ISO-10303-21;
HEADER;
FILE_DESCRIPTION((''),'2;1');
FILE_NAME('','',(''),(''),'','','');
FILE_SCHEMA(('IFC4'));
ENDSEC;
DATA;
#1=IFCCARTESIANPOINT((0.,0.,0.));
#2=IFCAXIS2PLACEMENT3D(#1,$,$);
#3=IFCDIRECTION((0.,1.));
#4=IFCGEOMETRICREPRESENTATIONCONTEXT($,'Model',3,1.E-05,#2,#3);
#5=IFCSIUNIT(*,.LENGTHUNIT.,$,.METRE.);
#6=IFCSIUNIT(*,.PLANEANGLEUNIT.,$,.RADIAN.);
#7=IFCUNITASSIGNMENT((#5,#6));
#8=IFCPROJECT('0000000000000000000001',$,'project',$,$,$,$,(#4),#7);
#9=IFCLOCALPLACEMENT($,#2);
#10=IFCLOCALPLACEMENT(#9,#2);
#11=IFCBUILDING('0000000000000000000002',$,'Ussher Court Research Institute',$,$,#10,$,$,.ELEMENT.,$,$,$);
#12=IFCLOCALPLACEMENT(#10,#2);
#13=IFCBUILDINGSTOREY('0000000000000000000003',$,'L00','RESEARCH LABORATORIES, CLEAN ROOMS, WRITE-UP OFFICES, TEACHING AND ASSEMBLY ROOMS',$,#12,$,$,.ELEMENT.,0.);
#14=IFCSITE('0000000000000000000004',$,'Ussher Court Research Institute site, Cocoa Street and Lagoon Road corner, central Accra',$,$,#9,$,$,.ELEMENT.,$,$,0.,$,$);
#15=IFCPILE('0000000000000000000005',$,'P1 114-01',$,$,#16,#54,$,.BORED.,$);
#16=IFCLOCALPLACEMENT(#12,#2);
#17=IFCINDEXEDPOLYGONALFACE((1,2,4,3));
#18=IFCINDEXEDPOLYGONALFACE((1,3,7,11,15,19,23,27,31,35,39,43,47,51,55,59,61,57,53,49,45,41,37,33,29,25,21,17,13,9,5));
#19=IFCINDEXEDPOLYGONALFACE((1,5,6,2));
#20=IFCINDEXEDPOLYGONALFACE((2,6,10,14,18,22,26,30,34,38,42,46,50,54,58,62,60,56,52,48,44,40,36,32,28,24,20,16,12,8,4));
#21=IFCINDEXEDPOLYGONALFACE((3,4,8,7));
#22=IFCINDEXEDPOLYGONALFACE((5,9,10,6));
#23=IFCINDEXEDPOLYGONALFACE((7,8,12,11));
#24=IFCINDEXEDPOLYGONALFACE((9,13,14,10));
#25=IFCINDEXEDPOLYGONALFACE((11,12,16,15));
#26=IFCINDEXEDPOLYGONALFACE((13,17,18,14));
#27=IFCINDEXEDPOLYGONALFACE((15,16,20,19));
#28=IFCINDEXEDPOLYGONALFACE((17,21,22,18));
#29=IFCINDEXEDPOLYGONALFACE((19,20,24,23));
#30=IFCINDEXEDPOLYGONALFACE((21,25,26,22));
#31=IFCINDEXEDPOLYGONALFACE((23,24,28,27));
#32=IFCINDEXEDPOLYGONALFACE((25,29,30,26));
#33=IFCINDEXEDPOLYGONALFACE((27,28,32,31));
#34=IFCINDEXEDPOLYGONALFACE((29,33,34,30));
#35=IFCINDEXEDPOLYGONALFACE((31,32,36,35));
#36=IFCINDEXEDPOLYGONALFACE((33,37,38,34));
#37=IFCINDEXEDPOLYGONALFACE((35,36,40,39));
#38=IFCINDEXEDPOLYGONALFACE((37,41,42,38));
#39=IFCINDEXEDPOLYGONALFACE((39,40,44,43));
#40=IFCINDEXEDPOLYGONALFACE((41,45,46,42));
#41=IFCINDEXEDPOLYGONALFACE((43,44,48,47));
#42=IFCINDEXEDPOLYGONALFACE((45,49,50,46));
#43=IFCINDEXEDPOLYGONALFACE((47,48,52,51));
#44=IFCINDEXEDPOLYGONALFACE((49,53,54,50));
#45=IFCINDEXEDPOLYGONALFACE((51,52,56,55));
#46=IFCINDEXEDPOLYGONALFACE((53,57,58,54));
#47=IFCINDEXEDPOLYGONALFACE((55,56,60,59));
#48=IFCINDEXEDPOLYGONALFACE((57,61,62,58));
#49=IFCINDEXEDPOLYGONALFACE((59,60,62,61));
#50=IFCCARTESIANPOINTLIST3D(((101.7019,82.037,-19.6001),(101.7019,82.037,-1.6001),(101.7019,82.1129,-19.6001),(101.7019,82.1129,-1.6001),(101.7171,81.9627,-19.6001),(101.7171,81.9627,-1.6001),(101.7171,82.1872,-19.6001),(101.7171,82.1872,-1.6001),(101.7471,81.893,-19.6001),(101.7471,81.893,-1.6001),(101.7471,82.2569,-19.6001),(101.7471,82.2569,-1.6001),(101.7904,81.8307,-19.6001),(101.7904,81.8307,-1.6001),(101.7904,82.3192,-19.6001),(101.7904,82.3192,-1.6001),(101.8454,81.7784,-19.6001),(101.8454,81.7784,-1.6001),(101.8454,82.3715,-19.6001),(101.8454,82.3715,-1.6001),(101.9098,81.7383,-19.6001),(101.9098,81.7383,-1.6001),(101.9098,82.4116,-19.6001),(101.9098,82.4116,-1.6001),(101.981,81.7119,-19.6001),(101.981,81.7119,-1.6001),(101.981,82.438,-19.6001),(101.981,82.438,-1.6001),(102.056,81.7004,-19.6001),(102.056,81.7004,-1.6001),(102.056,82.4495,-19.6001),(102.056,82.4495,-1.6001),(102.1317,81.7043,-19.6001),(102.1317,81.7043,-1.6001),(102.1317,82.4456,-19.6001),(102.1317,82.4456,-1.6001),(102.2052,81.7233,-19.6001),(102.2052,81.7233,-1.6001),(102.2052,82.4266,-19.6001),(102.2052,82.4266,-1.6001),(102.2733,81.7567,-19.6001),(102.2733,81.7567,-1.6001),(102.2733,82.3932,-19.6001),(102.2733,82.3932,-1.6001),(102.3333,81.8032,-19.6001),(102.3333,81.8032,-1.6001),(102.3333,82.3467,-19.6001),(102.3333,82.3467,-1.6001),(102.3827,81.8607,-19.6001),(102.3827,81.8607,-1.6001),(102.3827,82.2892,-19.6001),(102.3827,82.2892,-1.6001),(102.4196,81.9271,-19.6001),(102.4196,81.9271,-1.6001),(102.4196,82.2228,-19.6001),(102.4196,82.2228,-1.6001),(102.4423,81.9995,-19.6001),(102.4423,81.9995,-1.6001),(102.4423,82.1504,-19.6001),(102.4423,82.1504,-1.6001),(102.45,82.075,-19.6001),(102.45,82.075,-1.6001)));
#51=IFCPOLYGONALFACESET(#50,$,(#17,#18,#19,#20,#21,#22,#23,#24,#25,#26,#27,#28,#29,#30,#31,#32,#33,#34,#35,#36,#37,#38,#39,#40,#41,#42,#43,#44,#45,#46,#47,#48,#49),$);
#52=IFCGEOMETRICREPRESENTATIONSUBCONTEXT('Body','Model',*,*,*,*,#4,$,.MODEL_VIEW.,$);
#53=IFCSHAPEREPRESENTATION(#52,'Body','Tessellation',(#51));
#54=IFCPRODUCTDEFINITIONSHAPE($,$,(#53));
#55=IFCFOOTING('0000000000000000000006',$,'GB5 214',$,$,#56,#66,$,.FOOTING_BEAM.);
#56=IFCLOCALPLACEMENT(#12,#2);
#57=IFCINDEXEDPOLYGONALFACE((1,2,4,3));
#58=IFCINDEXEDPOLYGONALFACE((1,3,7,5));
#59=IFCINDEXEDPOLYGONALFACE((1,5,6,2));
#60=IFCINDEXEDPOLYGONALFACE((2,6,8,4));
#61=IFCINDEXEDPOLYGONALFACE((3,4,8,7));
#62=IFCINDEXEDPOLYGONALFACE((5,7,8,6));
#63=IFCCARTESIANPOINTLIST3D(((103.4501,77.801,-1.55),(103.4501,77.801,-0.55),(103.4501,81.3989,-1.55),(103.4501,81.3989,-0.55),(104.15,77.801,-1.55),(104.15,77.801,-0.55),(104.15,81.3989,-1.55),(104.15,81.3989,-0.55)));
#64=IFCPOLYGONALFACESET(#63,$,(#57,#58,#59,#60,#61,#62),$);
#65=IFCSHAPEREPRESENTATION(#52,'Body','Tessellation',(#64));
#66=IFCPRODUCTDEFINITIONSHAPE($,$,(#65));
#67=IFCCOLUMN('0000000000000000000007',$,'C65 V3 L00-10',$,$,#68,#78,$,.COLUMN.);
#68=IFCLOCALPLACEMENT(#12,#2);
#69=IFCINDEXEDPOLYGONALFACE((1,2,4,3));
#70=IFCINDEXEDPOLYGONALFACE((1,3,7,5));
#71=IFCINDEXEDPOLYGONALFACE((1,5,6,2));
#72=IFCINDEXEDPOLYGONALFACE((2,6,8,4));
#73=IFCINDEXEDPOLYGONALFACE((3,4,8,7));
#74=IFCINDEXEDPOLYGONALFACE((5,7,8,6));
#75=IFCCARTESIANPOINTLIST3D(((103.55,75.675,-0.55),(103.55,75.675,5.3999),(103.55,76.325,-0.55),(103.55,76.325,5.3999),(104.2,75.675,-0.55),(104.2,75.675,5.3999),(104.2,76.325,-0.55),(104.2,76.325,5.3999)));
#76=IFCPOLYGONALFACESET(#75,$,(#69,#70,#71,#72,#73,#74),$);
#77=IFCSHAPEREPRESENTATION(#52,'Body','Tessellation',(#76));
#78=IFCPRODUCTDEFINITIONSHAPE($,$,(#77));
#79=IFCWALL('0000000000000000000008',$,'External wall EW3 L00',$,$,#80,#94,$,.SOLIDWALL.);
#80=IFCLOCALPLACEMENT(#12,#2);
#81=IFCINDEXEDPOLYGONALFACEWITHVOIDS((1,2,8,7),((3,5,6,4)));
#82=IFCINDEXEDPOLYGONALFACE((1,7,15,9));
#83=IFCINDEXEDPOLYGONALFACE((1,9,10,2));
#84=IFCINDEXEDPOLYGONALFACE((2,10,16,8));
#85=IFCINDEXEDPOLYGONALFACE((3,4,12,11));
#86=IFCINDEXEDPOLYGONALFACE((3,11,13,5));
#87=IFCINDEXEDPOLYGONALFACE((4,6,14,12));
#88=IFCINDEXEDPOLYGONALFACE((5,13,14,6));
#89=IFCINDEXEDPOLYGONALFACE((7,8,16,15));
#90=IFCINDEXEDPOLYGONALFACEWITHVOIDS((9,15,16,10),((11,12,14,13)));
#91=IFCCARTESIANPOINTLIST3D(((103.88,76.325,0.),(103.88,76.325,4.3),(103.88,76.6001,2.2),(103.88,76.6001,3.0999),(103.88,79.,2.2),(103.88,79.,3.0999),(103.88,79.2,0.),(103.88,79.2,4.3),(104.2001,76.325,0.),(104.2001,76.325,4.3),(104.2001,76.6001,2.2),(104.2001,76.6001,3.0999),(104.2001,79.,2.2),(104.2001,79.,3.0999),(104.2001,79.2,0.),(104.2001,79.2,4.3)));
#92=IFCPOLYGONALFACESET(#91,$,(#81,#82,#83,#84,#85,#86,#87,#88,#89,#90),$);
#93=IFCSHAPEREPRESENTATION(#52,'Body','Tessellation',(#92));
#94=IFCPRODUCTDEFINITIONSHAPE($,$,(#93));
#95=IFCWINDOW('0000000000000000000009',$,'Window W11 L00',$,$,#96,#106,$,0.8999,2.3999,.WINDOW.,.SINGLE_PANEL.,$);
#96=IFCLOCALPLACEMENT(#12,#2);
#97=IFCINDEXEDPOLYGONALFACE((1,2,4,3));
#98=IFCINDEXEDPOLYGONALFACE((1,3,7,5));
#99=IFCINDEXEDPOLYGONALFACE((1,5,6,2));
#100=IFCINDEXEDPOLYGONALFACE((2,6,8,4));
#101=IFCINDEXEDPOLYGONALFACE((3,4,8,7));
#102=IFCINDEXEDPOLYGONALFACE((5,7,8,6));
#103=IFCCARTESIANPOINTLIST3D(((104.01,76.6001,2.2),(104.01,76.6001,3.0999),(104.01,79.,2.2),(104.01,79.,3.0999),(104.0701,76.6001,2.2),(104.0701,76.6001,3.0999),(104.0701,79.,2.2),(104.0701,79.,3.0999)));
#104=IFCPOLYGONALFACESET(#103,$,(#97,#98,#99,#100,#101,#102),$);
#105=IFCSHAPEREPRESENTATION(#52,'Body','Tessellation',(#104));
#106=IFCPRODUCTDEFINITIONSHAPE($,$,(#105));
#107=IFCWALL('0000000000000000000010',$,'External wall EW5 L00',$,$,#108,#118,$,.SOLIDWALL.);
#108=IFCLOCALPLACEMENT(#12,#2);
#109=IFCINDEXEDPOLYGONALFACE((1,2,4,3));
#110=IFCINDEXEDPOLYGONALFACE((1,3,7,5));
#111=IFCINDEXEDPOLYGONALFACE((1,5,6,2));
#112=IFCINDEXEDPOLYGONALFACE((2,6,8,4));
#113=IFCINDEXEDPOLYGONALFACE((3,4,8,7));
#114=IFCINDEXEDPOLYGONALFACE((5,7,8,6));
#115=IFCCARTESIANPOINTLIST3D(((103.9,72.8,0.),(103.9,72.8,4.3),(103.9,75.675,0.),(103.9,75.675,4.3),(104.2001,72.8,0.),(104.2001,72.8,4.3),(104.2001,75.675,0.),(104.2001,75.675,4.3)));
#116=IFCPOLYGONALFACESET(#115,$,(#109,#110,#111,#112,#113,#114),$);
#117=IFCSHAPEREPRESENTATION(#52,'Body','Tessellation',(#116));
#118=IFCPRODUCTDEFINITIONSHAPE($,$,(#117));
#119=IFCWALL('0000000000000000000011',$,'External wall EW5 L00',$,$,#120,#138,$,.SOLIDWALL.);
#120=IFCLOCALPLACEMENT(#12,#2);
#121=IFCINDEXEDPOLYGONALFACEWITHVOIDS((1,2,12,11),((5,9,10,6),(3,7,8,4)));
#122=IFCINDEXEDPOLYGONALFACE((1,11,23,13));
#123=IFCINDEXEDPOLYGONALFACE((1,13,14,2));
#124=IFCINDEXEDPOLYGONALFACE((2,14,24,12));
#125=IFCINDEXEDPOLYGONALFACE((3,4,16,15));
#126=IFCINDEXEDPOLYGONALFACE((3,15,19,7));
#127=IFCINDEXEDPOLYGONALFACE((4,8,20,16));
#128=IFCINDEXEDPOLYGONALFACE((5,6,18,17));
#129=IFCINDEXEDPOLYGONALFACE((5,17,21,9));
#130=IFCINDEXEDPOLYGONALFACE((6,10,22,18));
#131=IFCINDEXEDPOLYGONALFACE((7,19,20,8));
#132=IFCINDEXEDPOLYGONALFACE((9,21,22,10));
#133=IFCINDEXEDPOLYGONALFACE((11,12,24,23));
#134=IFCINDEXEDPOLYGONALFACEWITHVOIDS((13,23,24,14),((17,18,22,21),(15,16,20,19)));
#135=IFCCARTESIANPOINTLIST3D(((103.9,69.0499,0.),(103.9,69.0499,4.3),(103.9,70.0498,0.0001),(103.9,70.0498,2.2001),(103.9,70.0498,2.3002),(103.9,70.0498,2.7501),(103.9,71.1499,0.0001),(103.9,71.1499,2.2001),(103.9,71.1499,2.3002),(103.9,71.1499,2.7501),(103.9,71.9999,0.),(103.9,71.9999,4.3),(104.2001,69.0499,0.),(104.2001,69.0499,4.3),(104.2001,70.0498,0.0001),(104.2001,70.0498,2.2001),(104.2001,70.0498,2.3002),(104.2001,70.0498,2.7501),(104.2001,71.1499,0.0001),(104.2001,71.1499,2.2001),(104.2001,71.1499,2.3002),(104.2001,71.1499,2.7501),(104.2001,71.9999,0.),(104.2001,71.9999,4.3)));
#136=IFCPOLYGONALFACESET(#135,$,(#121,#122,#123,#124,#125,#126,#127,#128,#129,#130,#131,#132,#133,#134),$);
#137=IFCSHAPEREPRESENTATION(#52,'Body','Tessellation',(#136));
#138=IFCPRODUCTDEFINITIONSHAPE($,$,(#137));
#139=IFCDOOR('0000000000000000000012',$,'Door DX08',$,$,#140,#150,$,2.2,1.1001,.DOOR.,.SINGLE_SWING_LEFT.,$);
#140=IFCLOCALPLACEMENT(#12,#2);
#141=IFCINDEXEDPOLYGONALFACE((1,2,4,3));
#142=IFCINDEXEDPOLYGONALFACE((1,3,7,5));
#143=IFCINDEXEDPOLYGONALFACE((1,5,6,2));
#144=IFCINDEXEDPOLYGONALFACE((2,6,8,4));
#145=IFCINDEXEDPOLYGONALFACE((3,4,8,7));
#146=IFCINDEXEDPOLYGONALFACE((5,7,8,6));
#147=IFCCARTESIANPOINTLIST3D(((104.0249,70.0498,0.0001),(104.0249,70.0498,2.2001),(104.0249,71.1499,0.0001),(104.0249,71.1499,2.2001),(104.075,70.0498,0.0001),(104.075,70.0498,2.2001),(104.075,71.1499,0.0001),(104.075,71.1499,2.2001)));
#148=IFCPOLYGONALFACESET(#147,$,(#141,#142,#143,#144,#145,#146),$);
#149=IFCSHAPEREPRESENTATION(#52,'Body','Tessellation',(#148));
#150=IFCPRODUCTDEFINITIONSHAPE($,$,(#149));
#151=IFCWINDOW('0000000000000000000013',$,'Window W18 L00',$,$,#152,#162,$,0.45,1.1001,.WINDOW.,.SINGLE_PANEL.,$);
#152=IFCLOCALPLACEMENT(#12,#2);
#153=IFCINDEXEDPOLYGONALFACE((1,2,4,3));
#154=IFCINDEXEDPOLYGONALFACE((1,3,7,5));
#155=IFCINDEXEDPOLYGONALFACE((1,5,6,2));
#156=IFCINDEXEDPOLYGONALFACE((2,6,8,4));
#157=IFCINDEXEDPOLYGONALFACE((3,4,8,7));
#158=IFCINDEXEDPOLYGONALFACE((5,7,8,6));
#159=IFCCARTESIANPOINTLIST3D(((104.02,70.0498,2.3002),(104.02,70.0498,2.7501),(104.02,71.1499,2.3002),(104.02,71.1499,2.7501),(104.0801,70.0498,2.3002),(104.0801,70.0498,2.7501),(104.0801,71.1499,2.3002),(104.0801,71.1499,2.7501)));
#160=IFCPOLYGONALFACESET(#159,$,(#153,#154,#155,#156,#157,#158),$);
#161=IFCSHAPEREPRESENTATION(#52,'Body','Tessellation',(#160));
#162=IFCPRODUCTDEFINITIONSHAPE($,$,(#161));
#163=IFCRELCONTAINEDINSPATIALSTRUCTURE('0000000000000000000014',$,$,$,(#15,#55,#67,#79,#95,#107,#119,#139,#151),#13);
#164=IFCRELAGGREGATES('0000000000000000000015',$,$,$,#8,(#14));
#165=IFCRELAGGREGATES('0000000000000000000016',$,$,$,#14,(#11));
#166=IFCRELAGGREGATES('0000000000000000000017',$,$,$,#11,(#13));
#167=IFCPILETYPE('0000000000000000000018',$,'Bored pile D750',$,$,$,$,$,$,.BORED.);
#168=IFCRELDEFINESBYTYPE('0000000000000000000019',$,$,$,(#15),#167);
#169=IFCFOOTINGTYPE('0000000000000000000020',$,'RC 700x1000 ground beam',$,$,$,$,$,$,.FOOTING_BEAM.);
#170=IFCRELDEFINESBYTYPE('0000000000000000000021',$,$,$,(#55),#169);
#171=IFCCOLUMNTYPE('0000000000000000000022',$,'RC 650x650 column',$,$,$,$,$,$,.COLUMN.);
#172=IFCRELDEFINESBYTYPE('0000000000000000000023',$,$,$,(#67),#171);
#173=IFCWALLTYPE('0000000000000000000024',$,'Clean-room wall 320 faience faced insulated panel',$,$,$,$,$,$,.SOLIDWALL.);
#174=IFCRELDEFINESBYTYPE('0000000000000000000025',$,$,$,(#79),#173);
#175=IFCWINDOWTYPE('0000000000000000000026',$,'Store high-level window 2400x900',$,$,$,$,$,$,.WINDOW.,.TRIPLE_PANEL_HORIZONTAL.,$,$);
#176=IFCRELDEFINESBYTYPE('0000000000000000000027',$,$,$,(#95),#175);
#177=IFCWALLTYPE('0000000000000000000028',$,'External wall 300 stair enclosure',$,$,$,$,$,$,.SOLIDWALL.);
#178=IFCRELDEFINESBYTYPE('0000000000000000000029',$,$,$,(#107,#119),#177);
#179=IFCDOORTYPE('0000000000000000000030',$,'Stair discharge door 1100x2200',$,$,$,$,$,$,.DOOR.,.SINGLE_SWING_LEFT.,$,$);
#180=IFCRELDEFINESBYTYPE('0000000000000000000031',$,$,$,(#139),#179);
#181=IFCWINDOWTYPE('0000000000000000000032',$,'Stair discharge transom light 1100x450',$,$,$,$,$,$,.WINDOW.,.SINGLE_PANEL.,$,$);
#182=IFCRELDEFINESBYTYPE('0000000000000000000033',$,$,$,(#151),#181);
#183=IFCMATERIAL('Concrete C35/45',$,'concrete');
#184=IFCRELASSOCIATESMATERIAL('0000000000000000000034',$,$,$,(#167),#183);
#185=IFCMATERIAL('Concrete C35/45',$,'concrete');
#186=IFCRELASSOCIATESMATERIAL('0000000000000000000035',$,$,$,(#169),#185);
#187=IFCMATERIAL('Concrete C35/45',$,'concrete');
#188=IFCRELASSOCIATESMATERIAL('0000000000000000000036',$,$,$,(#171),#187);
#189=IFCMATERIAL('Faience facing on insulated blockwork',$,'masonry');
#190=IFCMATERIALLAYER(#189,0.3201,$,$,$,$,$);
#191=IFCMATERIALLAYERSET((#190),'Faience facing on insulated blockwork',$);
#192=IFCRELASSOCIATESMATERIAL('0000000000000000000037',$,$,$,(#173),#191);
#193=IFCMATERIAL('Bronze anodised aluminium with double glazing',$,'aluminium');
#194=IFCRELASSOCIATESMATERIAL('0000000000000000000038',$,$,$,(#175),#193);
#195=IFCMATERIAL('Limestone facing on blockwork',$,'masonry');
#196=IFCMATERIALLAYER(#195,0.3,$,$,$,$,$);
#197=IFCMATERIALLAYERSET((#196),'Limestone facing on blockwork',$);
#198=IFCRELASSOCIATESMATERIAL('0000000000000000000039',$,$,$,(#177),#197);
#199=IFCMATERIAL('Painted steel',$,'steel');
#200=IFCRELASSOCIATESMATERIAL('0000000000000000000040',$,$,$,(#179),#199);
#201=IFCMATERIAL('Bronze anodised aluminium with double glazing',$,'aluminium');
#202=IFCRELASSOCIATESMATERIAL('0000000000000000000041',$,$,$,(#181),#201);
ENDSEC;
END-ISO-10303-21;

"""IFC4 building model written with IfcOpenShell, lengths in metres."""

from ifc_helpers import new_model, si_unit, direction, frame, frame_2d, origin, origin_2d, place, context, subcontext, project, spatial, rectangle, circle, extrude, material, layer, layer_set, material_profile, profile_set, type_object, element, fill, save


model = new_model("IFC4")

# Units and contexts
model_context = context("Model", 3, precision=1e-05, world=origin(), true_north=direction((0.0, 1.0)))
body_context = subcontext(model_context, "Body", "Model", "MODEL_VIEW")
ifc_project = project(units=[si_unit("LENGTHUNIT", "METRE"), si_unit("PLANEANGLEUNIT", "RADIAN")], contexts=[model_context])

# Site, building, storey
site_placement = place(None, origin())
site = spatial("IfcSite", under=ifc_project, at=site_placement, Name="Ussher Court Research Institute site, Cocoa Street and Lagoon Road corner, central Accra", CompositionType="ELEMENT", RefElevation=0.0)
building_placement = place(site_placement, origin())
building = spatial("IfcBuilding", under=site, at=building_placement, Name="Ussher Court Research Institute", CompositionType="ELEMENT")
storey_placement = place(building_placement, origin())
storey = spatial("IfcBuildingStorey", under=building, at=storey_placement, Name="L00", Description="RESEARCH LABORATORIES, CLEAN ROOMS, WRITE-UP OFFICES, TEACHING AND ASSEMBLY ROOMS", CompositionType="ELEMENT", Elevation=0.0)

# Pile
ifc_material_1 = material(Name="Concrete C35/45", Category="concrete")
ifc_material_profile_1 = material_profile(ifc_material_1, circle(Radius=0.375, at=origin_2d()), Name="RC D750")
ifc_profile_set_1 = profile_set([ifc_material_profile_1], Name="Concrete C35/45")
pile_type_1 = type_object("IfcPileType", Name="Bored pile D750", PredefinedType="BORED", material=ifc_profile_set_1)
pile_placement = place(storey_placement, frame((102.075, 82.075, -1.6001), z_axis=(0.0, 0.0, -1.0), x_axis=(1.0, 0.0, 0.0)))
element("IfcPile", 1, at=pile_placement, inside=storey, type_object=pile_type_1, Name="P1 114-01", PredefinedType="BORED", context=body_context, shape_type="SweptSolid", body=[
    extrude(circle(Radius=0.375, at=origin_2d()), origin(), (0.0, 0.0, 1.0), 18.0),
])

# Footing
ifc_material_2 = material(Name="Concrete C35/45", Category="concrete")
ifc_material_profile_2 = material_profile(ifc_material_2, rectangle(XDim=0.7, YDim=1.0, at=origin_2d()), Name="RC 700x1000")
ifc_profile_set_2 = profile_set([ifc_material_profile_2], Name="Concrete C35/45")
footing_type = type_object("IfcFootingType", Name="RC 700x1000 ground beam", PredefinedType="FOOTING_BEAM", material=ifc_profile_set_2)
footing_placement = place(storey_placement, frame((103.8, 77.801, -1.05), z_axis=(0.0, 1.0, 0.0), x_axis=(-1.0, 0.0, 0.0)))
element("IfcFooting", 2, at=footing_placement, inside=storey, type_object=footing_type, Name="GB5 214", PredefinedType="FOOTING_BEAM", context=body_context, shape_type="SweptSolid", body=[
    extrude(rectangle(XDim=0.7, YDim=1.0, at=origin_2d()), origin(), (0.0, 0.0, 1.0), 3.5979),
])

# Column
ifc_material_3 = material(Name="Concrete C35/45", Category="concrete")
ifc_material_profile_3 = material_profile(ifc_material_3, rectangle(XDim=0.6499, YDim=0.6499, at=origin_2d()), Name="RC 650x650")
ifc_profile_set_3 = profile_set([ifc_material_profile_3], Name="Concrete C35/45")
column_type = type_object("IfcColumnType", Name="RC 650x650 column", PredefinedType="COLUMN", material=ifc_profile_set_3)
column_placement = place(storey_placement, frame((103.875, 76.0, -0.55), z_axis=(0.0, 0.0, 1.0), x_axis=(1.0, 0.0, 0.0)))
element("IfcColumn", 3, at=column_placement, inside=storey, type_object=column_type, Name="C65 V3 L00-10", PredefinedType="COLUMN", context=body_context, shape_type="SweptSolid", body=[
    extrude(rectangle(XDim=0.6499, YDim=0.6499, at=origin_2d()), origin(), (0.0, 0.0, 1.0), 5.95),
])

# Wall, opening, window
ifc_material_4 = material(Name="Faience facing on insulated blockwork", Category="masonry")
ifc_layer_1 = layer(ifc_material_4, 0.3201)
ifc_layer_set_1 = layer_set([ifc_layer_1], Name="Faience facing on insulated blockwork")
wall_type_1 = type_object("IfcWallType", Name="Clean-room wall 320 faience faced insulated panel", PredefinedType="SOLIDWALL", material=ifc_layer_set_1)
wall_1_placement = place(storey_placement, frame((104.04, 79.2, 0.0), z_axis=(0.0, 0.0, 1.0), x_axis=(0.0, -1.0, 0.0)))
wall_1 = element("IfcWall", 4, at=wall_1_placement, inside=storey, type_object=wall_type_1, Name="External wall EW3 L00", PredefinedType="SOLIDWALL", context=body_context, shape_type="SweptSolid", body=[
    extrude(rectangle(XDim=2.875, YDim=0.3201, at=frame_2d((1.4375, 0.0))), origin(), (0.0, 0.0, 1.0), 4.3),
])
opening_1_placement = place(wall_1_placement, frame((0.2, 0.0, 2.2)))
opening_1 = element("IfcOpeningElement", 5, at=opening_1_placement, cuts=wall_1, PredefinedType="OPENING", context=body_context, shape_type="SweptSolid", body=[
    extrude(rectangle(XDim=2.3999, YDim=0.8999, at=frame_2d((1.2, 0.45))), frame((0.0, 0.1699, 0.0), z_axis=(0.0, -1.0, 0.0), x_axis=(1.0, 0.0, 0.0)), (0.0, 0.0, 1.0), 0.3401),
])
ifc_material_5 = material(Name="Bronze anodised aluminium with double glazing", Category="aluminium")
window_type_1 = type_object("IfcWindowType", Name="Store high-level window 2400x900", PartitioningType="TRIPLE_PANEL_HORIZONTAL", PredefinedType="WINDOW", material=ifc_material_5)
window_1_placement = place(opening_1_placement, origin())
window_1 = element("IfcWindow", 6, at=window_1_placement, inside=storey, type_object=window_type_1, Name="Window W11 L00", OverallHeight=0.8999, OverallWidth=2.3999, PartitioningType="SINGLE_PANEL", PredefinedType="WINDOW", context=body_context, shape_type="SweptSolid", body=[
    extrude(rectangle(XDim=2.3999, YDim=0.8999, at=frame_2d((1.2, 0.45))), frame((0.0, 0.03, 0.0), z_axis=(0.0, -1.0, 0.0), x_axis=(1.0, 0.0, 0.0)), (0.0, 0.0, 1.0), 0.0601),
])
fill(opening_1, window_1)

# Wall
ifc_material_6 = material(Name="Limestone facing on blockwork", Category="masonry")
ifc_layer_2 = layer(ifc_material_6, 0.3)
ifc_layer_set_2 = layer_set([ifc_layer_2], Name="Limestone facing on blockwork")
wall_type_2 = type_object("IfcWallType", Name="External wall 300 stair enclosure", PredefinedType="SOLIDWALL", material=ifc_layer_set_2)
wall_2_placement = place(storey_placement, frame((104.05, 75.675, 0.0), z_axis=(0.0, 0.0, 1.0), x_axis=(0.0, -1.0, 0.0)))
element("IfcWall", 7, at=wall_2_placement, inside=storey, type_object=wall_type_2, Name="External wall EW5 L00", PredefinedType="SOLIDWALL", context=body_context, shape_type="SweptSolid", body=[
    extrude(rectangle(XDim=2.875, YDim=0.3, at=frame_2d((1.4375, 0.0))), origin(), (0.0, 0.0, 1.0), 4.3),
])

# Wall, openings, door, window
wall_3_placement = place(storey_placement, frame((104.05, 72.0, 0.0), z_axis=(0.0, 0.0, 1.0), x_axis=(0.0, -1.0, 0.0)))
wall_3 = element("IfcWall", 8, at=wall_3_placement, inside=storey, type_object=wall_type_2, Name="External wall EW5 L00", PredefinedType="SOLIDWALL", context=body_context, shape_type="SweptSolid", body=[
    extrude(rectangle(XDim=2.95, YDim=0.3, at=frame_2d((1.4751, 0.0))), origin(), (0.0, 0.0, 1.0), 4.3),
])
opening_2_placement = place(wall_3_placement, frame((0.8501, 0.0, 0.0)))
opening_2 = element("IfcOpeningElement", 9, at=opening_2_placement, cuts=wall_3, PredefinedType="OPENING", context=body_context, shape_type="SweptSolid", body=[
    extrude(rectangle(XDim=1.1001, YDim=2.2, at=frame_2d((0.55, 1.1001))), frame((0.0, 0.1602, 0.0), z_axis=(0.0, -1.0, 0.0), x_axis=(1.0, 0.0, 0.0)), (0.0, 0.0, 1.0), 0.3201),
])
opening_3_placement = place(wall_3_placement, frame((0.8501, 0.0, 2.3)))
opening_3 = element("IfcOpeningElement", 10, at=opening_3_placement, cuts=wall_3, PredefinedType="OPENING", context=body_context, shape_type="SweptSolid", body=[
    extrude(rectangle(XDim=1.1001, YDim=0.45, at=frame_2d((0.55, 0.2251))), frame((0.0, 0.1602, 0.0), z_axis=(0.0, -1.0, 0.0), x_axis=(1.0, 0.0, 0.0)), (0.0, 0.0, 1.0), 0.3201),
])
ifc_material_7 = material(Name="Painted steel", Category="steel")
door_type_1 = type_object("IfcDoorType", Name="Stair discharge door 1100x2200", OperationType="SINGLE_SWING_LEFT", PredefinedType="DOOR", material=ifc_material_7)
door_1_placement = place(opening_2_placement, origin())
door_1 = element("IfcDoor", 11, at=door_1_placement, inside=storey, type_object=door_type_1, Name="Door DX08", OperationType="SINGLE_SWING_LEFT", OverallHeight=2.2, OverallWidth=1.1001, PredefinedType="DOOR", context=body_context, shape_type="SweptSolid", body=[
    extrude(rectangle(XDim=1.1001, YDim=2.2, at=frame_2d((0.55, 1.1001))), frame((0.0, 0.0249, 0.0), z_axis=(0.0, -1.0, 0.0), x_axis=(1.0, 0.0, 0.0)), (0.0, 0.0, 1.0), 0.05),
])
fill(opening_2, door_1)
ifc_material_8 = material(Name="Bronze anodised aluminium with double glazing", Category="aluminium")
window_type_2 = type_object("IfcWindowType", Name="Stair discharge transom light 1100x450", PartitioningType="SINGLE_PANEL", PredefinedType="WINDOW", material=ifc_material_8)
window_2_placement = place(opening_3_placement, origin())
window_2 = element("IfcWindow", 12, at=window_2_placement, inside=storey, type_object=window_type_2, Name="Window W18 L00", OverallHeight=0.45, OverallWidth=1.1001, PartitioningType="SINGLE_PANEL", PredefinedType="WINDOW", context=body_context, shape_type="SweptSolid", body=[
    extrude(rectangle(XDim=1.1001, YDim=0.45, at=frame_2d((0.55, 0.2251))), frame((0.0, 0.03, 0.0), z_axis=(0.0, -1.0, 0.0), x_axis=(1.0, 0.0, 0.0)), (0.0, 0.0, 1.0), 0.0601),
])
fill(opening_3, window_2)

save(model, "model.ifc")
